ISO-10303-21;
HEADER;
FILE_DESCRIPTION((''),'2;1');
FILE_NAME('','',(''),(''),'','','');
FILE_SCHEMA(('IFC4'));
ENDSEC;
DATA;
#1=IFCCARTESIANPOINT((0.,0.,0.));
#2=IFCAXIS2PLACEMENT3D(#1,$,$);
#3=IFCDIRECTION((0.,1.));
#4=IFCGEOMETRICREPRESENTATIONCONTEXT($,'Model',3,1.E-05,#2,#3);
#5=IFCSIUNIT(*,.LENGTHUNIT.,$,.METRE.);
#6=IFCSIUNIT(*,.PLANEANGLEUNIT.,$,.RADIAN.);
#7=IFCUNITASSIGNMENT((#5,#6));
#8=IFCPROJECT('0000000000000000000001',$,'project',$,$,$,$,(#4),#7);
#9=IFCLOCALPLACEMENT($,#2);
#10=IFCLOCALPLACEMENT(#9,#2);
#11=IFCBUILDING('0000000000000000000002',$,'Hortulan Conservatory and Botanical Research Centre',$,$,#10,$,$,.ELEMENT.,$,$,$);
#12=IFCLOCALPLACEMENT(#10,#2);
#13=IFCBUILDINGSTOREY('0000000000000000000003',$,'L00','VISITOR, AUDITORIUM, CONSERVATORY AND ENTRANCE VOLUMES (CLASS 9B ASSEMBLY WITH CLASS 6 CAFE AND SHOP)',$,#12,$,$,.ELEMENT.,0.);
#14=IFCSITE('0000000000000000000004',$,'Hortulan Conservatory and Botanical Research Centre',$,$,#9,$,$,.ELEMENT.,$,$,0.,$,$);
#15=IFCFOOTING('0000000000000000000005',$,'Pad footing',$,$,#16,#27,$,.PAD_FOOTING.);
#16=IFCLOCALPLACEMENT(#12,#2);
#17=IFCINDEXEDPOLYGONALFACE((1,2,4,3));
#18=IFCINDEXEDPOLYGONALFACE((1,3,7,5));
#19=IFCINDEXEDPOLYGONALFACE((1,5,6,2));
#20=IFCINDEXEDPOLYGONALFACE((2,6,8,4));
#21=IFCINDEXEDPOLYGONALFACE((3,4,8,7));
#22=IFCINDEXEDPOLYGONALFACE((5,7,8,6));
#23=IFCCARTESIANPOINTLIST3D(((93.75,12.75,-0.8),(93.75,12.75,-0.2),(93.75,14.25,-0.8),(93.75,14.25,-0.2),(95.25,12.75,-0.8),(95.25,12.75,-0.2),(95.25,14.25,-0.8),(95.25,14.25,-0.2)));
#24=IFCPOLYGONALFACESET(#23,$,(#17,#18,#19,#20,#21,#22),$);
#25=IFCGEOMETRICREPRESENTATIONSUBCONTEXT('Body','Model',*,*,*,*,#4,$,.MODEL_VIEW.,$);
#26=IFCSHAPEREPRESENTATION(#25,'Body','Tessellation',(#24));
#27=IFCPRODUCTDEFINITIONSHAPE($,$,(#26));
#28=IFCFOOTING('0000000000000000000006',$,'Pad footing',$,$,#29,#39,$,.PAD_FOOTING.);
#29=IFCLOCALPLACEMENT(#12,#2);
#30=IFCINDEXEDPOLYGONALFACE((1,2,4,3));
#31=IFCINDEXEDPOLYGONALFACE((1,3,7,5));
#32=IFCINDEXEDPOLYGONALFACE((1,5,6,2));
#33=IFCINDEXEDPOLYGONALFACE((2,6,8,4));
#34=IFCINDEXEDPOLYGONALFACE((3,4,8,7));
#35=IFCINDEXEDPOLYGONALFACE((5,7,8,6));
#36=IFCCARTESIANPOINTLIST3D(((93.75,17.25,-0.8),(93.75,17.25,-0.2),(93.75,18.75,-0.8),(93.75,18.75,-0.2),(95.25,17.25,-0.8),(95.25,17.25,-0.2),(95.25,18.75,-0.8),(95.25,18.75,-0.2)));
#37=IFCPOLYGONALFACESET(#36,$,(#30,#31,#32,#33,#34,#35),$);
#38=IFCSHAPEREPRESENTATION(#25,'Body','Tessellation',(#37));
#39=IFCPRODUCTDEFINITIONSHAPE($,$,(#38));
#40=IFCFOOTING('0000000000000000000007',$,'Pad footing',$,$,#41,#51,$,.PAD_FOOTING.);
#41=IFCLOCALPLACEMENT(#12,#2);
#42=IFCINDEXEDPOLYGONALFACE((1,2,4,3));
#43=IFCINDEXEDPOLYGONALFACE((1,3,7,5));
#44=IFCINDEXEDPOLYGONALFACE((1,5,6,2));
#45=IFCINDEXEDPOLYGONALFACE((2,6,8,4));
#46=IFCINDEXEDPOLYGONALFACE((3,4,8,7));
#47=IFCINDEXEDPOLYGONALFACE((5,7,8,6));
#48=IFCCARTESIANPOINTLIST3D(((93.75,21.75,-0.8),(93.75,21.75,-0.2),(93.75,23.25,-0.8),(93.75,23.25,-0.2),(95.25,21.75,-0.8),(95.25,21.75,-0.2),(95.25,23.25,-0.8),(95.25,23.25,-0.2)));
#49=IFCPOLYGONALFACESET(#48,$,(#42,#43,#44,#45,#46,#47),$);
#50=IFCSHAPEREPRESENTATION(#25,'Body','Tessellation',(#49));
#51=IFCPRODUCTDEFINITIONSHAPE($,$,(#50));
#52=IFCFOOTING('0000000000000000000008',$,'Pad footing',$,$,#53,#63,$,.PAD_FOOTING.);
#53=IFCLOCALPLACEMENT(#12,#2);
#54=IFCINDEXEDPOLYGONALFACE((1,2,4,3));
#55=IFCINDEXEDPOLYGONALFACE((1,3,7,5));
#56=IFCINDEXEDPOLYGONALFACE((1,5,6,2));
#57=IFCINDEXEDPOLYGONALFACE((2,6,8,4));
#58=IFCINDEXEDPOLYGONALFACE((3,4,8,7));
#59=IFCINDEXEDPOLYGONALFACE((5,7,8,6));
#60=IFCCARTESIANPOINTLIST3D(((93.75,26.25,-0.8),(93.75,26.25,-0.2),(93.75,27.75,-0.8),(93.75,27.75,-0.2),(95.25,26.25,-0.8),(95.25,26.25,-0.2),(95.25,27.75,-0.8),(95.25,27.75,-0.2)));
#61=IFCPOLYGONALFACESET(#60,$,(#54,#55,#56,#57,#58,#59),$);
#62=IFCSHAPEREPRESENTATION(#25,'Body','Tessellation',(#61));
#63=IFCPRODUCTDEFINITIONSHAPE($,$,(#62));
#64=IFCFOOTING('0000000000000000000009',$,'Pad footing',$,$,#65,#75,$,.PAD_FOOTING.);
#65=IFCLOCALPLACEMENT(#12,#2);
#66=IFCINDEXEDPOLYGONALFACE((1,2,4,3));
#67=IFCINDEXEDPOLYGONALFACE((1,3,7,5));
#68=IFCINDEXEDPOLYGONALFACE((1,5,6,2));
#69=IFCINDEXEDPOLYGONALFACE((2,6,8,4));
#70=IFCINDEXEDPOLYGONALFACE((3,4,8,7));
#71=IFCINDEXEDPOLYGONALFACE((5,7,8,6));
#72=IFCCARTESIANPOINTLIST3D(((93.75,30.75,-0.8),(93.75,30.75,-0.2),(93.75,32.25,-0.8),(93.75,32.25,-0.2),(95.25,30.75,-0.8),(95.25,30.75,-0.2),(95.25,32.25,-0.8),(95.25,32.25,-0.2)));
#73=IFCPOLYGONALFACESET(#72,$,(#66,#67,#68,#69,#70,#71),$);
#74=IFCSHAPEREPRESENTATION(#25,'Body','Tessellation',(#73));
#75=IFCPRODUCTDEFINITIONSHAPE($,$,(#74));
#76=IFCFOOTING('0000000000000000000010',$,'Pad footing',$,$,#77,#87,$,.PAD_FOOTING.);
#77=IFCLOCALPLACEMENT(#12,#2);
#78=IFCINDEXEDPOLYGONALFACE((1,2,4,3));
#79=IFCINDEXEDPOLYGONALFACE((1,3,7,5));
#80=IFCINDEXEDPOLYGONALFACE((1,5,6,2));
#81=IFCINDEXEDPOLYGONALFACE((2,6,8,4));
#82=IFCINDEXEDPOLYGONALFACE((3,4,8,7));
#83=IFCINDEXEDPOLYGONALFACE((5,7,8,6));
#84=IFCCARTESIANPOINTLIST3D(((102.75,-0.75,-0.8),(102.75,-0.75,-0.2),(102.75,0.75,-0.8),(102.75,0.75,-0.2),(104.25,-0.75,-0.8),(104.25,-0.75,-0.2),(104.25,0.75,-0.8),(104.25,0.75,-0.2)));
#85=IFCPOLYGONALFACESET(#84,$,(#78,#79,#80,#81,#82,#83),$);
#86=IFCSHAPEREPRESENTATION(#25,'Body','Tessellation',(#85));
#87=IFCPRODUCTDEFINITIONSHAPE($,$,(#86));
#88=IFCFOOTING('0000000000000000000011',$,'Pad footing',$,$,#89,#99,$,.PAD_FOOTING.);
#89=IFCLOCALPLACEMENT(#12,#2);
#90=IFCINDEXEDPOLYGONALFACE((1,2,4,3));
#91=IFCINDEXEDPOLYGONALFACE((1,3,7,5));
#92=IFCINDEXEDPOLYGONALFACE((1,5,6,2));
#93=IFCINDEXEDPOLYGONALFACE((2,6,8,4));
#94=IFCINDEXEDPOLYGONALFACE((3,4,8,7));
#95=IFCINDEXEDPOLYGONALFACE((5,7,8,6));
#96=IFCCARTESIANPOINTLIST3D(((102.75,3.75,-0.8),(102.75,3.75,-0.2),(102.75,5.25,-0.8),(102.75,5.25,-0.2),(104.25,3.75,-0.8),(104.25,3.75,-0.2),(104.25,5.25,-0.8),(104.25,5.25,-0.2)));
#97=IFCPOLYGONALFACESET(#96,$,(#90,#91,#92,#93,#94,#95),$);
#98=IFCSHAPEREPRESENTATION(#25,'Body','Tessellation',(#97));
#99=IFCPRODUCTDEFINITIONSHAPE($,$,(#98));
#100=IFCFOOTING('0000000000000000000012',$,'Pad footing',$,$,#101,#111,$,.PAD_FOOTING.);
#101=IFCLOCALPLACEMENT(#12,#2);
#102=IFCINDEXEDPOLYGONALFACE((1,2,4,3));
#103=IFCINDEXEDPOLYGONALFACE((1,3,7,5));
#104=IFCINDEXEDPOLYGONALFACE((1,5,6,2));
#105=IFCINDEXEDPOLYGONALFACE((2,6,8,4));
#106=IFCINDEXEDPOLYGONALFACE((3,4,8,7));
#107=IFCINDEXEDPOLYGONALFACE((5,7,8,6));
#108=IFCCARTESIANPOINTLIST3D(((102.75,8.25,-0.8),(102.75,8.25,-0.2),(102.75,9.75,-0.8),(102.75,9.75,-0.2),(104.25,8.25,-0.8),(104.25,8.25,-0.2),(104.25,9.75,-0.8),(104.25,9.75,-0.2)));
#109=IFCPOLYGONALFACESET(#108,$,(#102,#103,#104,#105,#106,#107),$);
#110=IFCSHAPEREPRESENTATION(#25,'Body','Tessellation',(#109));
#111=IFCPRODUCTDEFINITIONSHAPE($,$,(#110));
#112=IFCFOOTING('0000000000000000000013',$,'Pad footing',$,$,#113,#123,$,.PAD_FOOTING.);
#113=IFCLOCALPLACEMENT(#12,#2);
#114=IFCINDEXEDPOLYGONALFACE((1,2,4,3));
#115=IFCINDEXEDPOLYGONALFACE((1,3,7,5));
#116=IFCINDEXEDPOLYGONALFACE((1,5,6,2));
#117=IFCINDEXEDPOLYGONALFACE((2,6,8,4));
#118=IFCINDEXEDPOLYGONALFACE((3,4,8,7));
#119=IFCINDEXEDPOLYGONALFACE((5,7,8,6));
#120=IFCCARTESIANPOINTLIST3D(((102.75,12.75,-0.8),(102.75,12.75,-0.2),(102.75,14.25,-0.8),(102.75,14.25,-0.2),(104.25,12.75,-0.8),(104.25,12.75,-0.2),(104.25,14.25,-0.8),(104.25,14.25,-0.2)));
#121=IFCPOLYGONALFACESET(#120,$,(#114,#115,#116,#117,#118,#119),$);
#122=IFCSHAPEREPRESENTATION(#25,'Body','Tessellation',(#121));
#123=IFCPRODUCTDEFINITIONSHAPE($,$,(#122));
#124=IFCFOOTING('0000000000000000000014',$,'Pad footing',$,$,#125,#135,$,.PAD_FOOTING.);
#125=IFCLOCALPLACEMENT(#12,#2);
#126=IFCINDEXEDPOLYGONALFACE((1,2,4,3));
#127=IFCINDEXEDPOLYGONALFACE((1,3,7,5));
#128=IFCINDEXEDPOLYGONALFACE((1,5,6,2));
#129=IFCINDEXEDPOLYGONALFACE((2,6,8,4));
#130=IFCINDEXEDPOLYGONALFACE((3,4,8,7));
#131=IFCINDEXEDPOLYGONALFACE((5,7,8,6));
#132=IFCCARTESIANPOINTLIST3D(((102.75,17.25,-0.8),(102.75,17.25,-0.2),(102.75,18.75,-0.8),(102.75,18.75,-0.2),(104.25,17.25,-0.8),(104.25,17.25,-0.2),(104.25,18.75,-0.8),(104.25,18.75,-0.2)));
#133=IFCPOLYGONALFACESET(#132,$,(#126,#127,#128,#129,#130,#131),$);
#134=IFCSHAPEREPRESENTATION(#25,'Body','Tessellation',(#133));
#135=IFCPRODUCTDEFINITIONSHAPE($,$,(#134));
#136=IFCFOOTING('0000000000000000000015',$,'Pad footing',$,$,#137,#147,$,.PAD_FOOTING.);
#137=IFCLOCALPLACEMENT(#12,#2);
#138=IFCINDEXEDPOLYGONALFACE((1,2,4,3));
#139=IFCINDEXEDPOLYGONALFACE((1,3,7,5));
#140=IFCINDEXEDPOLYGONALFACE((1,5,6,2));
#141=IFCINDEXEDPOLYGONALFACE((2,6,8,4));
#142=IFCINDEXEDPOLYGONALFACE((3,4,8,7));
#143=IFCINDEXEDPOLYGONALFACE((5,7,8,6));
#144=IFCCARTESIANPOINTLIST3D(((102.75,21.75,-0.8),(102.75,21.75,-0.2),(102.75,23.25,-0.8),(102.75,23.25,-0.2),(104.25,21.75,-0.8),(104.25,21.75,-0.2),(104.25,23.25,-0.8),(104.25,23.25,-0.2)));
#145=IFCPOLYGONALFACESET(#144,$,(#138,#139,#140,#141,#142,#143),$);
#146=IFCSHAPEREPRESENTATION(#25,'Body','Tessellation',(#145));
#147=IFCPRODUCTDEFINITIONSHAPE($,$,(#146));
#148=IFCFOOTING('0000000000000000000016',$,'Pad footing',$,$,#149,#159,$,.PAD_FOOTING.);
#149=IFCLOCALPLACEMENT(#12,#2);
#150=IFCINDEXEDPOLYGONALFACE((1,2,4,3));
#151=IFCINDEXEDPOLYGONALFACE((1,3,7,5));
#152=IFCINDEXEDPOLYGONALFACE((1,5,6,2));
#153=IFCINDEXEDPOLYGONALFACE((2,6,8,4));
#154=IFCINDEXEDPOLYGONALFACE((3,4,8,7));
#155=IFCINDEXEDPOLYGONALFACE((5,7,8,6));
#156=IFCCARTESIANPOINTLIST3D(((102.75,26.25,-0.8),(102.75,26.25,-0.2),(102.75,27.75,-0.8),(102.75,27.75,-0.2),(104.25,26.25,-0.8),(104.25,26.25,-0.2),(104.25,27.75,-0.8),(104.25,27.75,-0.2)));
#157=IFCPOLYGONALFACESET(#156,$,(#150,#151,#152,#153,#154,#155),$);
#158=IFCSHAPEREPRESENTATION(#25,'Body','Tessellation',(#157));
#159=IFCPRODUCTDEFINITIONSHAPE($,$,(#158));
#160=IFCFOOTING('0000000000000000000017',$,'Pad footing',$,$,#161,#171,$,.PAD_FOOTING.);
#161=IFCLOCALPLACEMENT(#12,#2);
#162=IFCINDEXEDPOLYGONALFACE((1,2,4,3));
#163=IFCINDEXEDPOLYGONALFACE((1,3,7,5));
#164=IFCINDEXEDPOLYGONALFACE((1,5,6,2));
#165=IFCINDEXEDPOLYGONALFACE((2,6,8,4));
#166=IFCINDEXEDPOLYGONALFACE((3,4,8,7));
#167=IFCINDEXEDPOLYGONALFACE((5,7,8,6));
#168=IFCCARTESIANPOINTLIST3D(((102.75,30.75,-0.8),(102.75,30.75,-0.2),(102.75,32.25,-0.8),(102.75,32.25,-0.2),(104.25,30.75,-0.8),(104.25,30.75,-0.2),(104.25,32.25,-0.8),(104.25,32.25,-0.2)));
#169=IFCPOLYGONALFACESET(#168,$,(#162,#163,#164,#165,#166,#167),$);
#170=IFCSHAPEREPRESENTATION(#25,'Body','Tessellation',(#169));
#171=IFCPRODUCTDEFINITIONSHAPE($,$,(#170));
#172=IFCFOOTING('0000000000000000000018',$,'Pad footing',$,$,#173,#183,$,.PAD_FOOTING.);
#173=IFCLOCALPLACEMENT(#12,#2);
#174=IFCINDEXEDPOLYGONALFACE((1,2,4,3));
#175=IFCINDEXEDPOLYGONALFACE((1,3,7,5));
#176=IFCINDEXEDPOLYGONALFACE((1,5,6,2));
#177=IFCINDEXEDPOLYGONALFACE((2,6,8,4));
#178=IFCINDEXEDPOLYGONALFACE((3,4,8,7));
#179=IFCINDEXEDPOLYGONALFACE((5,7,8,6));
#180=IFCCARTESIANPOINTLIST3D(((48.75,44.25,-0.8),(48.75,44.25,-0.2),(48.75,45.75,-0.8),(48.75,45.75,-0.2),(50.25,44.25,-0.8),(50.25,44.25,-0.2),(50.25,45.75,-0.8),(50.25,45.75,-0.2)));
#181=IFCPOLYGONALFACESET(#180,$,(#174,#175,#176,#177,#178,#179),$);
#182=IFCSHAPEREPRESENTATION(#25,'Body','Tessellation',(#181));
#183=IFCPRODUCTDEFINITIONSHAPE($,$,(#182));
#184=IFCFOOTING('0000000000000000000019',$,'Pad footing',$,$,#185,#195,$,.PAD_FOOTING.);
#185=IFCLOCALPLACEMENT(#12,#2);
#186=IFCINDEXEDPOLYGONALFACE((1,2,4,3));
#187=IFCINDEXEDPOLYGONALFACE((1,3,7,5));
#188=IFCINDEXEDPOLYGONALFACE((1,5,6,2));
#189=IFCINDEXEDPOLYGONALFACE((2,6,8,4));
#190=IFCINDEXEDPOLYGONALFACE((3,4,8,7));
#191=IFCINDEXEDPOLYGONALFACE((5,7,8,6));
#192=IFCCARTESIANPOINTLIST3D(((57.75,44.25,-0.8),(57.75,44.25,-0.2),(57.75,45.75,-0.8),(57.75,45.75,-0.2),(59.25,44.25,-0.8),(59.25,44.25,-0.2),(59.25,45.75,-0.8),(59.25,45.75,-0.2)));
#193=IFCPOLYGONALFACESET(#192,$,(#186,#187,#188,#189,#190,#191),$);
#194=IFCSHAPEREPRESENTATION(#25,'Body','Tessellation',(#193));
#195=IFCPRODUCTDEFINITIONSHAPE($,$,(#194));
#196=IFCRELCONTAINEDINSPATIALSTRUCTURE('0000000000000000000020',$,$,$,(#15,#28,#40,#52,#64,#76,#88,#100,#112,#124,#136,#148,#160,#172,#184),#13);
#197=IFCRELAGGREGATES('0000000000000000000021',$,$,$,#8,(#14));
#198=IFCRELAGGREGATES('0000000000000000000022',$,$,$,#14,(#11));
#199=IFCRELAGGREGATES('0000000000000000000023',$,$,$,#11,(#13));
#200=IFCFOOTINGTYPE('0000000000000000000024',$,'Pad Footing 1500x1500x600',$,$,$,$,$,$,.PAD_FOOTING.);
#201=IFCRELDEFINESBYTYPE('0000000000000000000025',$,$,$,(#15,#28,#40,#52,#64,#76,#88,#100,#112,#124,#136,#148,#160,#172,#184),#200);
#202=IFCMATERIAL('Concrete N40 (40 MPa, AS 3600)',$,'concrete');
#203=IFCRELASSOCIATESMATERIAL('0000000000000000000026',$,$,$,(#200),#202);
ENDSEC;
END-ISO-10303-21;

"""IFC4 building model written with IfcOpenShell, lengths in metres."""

from ifc_helpers import new_model, si_unit, direction, frame, origin, place, context, subcontext, project, spatial, polyline, outline, extrude, material, type_object, element, save


model = new_model("IFC4")

# Units and contexts
model_context = context("Model", 3, precision=1e-05, world=origin(), true_north=direction((0.0, 1.0)))
body_context = subcontext(model_context, "Body", "Model", "MODEL_VIEW")
ifc_project = project(units=[si_unit("LENGTHUNIT", "METRE"), si_unit("PLANEANGLEUNIT", "RADIAN")], contexts=[model_context])

# Site, building, storey
site_placement = place(None, origin())
site = spatial("IfcSite", under=ifc_project, at=site_placement, Name="Hortulan Conservatory and Botanical Research Centre", CompositionType="ELEMENT", RefElevation=0.0)
building_placement = place(site_placement, origin())
building = spatial("IfcBuilding", under=site, at=building_placement, Name="Hortulan Conservatory and Botanical Research Centre", CompositionType="ELEMENT")
storey_placement = place(building_placement, origin())
storey = spatial("IfcBuildingStorey", under=building, at=storey_placement, Name="L00", Description="VISITOR, AUDITORIUM, CONSERVATORY AND ENTRANCE VOLUMES (CLASS 9B ASSEMBLY WITH CLASS 6 CAFE AND SHOP)", CompositionType="ELEMENT", Elevation=0.0)

# Footings
ifc_material_1 = material(Name="Concrete N40 (40 MPa, AS 3600)", Category="concrete")
footing_type = type_object("IfcFootingType", Name="Pad Footing 1500x1500x600", PredefinedType="PAD_FOOTING", material=ifc_material_1)
footing_1_placement = place(storey_placement, frame((0.0, 0.0, -0.8)))
element("IfcFooting", 1, at=footing_1_placement, inside=storey, type_object=footing_type, Name="Pad footing", PredefinedType="PAD_FOOTING", context=body_context, shape_type="SweptSolid", body=[
    extrude(outline(polyline([(95.25, 12.75), (95.25, 14.25), (93.75, 14.25), (93.75, 12.75), (95.25, 12.75)])), origin(), (0.0, 0.0, 1.0), 0.6001),
])
footing_2_placement = place(storey_placement, frame((0.0, 0.0, -0.8)))
element("IfcFooting", 2, at=footing_2_placement, inside=storey, type_object=footing_type, Name="Pad footing", PredefinedType="PAD_FOOTING", context=body_context, shape_type="SweptSolid", body=[
    extrude(outline(polyline([(95.25, 17.25), (95.25, 18.75), (93.75, 18.75), (93.75, 17.25), (95.25, 17.25)])), origin(), (0.0, 0.0, 1.0), 0.6001),
])
footing_3_placement = place(storey_placement, frame((0.0, 0.0, -0.8)))
element("IfcFooting", 3, at=footing_3_placement, inside=storey, type_object=footing_type, Name="Pad footing", PredefinedType="PAD_FOOTING", context=body_context, shape_type="SweptSolid", body=[
    extrude(outline(polyline([(95.25, 21.75), (95.25, 23.25), (93.75, 23.25), (93.75, 21.75), (95.25, 21.75)])), origin(), (0.0, 0.0, 1.0), 0.6001),
])
footing_4_placement = place(storey_placement, frame((0.0, 0.0, -0.8)))
element("IfcFooting", 4, at=footing_4_placement, inside=storey, type_object=footing_type, Name="Pad footing", PredefinedType="PAD_FOOTING", context=body_context, shape_type="SweptSolid", body=[
    extrude(outline(polyline([(95.25, 26.25), (95.25, 27.75), (93.75, 27.75), (93.75, 26.25), (95.25, 26.25)])), origin(), (0.0, 0.0, 1.0), 0.6001),
])
footing_5_placement = place(storey_placement, frame((0.0, 0.0, -0.8)))
element("IfcFooting", 5, at=footing_5_placement, inside=storey, type_object=footing_type, Name="Pad footing", PredefinedType="PAD_FOOTING", context=body_context, shape_type="SweptSolid", body=[
    extrude(outline(polyline([(95.25, 30.75), (95.25, 32.25), (93.75, 32.25), (93.75, 30.75), (95.25, 30.75)])), origin(), (0.0, 0.0, 1.0), 0.6001),
])
footing_6_placement = place(storey_placement, frame((0.0, 0.0, -0.8)))
element("IfcFooting", 6, at=footing_6_placement, inside=storey, type_object=footing_type, Name="Pad footing", PredefinedType="PAD_FOOTING", context=body_context, shape_type="SweptSolid", body=[
    extrude(outline(polyline([(104.25, -0.75), (104.25, 0.75), (102.75, 0.75), (102.75, -0.75), (104.25, -0.75)])), origin(), (0.0, 0.0, 1.0), 0.6001),
])
footing_7_placement = place(storey_placement, frame((0.0, 0.0, -0.8)))
element("IfcFooting", 7, at=footing_7_placement, inside=storey, type_object=footing_type, Name="Pad footing", PredefinedType="PAD_FOOTING", context=body_context, shape_type="SweptSolid", body=[
    extrude(outline(polyline([(104.25, 3.75), (104.25, 5.25), (102.75, 5.25), (102.75, 3.75), (104.25, 3.75)])), origin(), (0.0, 0.0, 1.0), 0.6001),
])
footing_8_placement = place(storey_placement, frame((0.0, 0.0, -0.8)))
element("IfcFooting", 8, at=footing_8_placement, inside=storey, type_object=footing_type, Name="Pad footing", PredefinedType="PAD_FOOTING", context=body_context, shape_type="SweptSolid", body=[
    extrude(outline(polyline([(104.25, 8.25), (104.25, 9.75), (102.75, 9.75), (102.75, 8.25), (104.25, 8.25)])), origin(), (0.0, 0.0, 1.0), 0.6001),
])
footing_9_placement = place(storey_placement, frame((0.0, 0.0, -0.8)))
element("IfcFooting", 9, at=footing_9_placement, inside=storey, type_object=footing_type, Name="Pad footing", PredefinedType="PAD_FOOTING", context=body_context, shape_type="SweptSolid", body=[
    extrude(outline(polyline([(104.25, 12.75), (104.25, 14.25), (102.75, 14.25), (102.75, 12.75), (104.25, 12.75)])), origin(), (0.0, 0.0, 1.0), 0.6001),
])
footing_10_placement = place(storey_placement, frame((0.0, 0.0, -0.8)))
element("IfcFooting", 10, at=footing_10_placement, inside=storey, type_object=footing_type, Name="Pad footing", PredefinedType="PAD_FOOTING", context=body_context, shape_type="SweptSolid", body=[
    extrude(outline(polyline([(104.25, 17.25), (104.25, 18.75), (102.75, 18.75), (102.75, 17.25), (104.25, 17.25)])), origin(), (0.0, 0.0, 1.0), 0.6001),
])
footing_11_placement = place(storey_placement, frame((0.0, 0.0, -0.8)))
element("IfcFooting", 11, at=footing_11_placement, inside=storey, type_object=footing_type, Name="Pad footing", PredefinedType="PAD_FOOTING", context=body_context, shape_type="SweptSolid", body=[
    extrude(outline(polyline([(104.25, 21.75), (104.25, 23.25), (102.75, 23.25), (102.75, 21.75), (104.25, 21.75)])), origin(), (0.0, 0.0, 1.0), 0.6001),
])
footing_12_placement = place(storey_placement, frame((0.0, 0.0, -0.8)))
element("IfcFooting", 12, at=footing_12_placement, inside=storey, type_object=footing_type, Name="Pad footing", PredefinedType="PAD_FOOTING", context=body_context, shape_type="SweptSolid", body=[
    extrude(outline(polyline([(104.25, 26.25), (104.25, 27.75), (102.75, 27.75), (102.75, 26.25), (104.25, 26.25)])), origin(), (0.0, 0.0, 1.0), 0.6001),
])
footing_13_placement = place(storey_placement, frame((0.0, 0.0, -0.8)))
element("IfcFooting", 13, at=footing_13_placement, inside=storey, type_object=footing_type, Name="Pad footing", PredefinedType="PAD_FOOTING", context=body_context, shape_type="SweptSolid", body=[
    extrude(outline(polyline([(104.25, 30.75), (104.25, 32.25), (102.75, 32.25), (102.75, 30.75), (104.25, 30.75)])), origin(), (0.0, 0.0, 1.0), 0.6001),
])
footing_14_placement = place(storey_placement, frame((0.0, 0.0, -0.8)))
element("IfcFooting", 14, at=footing_14_placement, inside=storey, type_object=footing_type, Name="Pad footing", PredefinedType="PAD_FOOTING", context=body_context, shape_type="SweptSolid", body=[
    extrude(outline(polyline([(50.25, 44.25), (50.25, 45.75), (48.75, 45.75), (48.75, 44.25), (50.25, 44.25)])), origin(), (0.0, 0.0, 1.0), 0.6001),
])
footing_15_placement = place(storey_placement, frame((0.0, 0.0, -0.8)))
element("IfcFooting", 15, at=footing_15_placement, inside=storey, type_object=footing_type, Name="Pad footing", PredefinedType="PAD_FOOTING", context=body_context, shape_type="SweptSolid", body=[
    extrude(outline(polyline([(59.25, 44.25), (59.25, 45.75), (57.75, 45.75), (57.75, 44.25), (59.25, 44.25)])), origin(), (0.0, 0.0, 1.0), 0.6001),
])

save(model, "model.ifc")
